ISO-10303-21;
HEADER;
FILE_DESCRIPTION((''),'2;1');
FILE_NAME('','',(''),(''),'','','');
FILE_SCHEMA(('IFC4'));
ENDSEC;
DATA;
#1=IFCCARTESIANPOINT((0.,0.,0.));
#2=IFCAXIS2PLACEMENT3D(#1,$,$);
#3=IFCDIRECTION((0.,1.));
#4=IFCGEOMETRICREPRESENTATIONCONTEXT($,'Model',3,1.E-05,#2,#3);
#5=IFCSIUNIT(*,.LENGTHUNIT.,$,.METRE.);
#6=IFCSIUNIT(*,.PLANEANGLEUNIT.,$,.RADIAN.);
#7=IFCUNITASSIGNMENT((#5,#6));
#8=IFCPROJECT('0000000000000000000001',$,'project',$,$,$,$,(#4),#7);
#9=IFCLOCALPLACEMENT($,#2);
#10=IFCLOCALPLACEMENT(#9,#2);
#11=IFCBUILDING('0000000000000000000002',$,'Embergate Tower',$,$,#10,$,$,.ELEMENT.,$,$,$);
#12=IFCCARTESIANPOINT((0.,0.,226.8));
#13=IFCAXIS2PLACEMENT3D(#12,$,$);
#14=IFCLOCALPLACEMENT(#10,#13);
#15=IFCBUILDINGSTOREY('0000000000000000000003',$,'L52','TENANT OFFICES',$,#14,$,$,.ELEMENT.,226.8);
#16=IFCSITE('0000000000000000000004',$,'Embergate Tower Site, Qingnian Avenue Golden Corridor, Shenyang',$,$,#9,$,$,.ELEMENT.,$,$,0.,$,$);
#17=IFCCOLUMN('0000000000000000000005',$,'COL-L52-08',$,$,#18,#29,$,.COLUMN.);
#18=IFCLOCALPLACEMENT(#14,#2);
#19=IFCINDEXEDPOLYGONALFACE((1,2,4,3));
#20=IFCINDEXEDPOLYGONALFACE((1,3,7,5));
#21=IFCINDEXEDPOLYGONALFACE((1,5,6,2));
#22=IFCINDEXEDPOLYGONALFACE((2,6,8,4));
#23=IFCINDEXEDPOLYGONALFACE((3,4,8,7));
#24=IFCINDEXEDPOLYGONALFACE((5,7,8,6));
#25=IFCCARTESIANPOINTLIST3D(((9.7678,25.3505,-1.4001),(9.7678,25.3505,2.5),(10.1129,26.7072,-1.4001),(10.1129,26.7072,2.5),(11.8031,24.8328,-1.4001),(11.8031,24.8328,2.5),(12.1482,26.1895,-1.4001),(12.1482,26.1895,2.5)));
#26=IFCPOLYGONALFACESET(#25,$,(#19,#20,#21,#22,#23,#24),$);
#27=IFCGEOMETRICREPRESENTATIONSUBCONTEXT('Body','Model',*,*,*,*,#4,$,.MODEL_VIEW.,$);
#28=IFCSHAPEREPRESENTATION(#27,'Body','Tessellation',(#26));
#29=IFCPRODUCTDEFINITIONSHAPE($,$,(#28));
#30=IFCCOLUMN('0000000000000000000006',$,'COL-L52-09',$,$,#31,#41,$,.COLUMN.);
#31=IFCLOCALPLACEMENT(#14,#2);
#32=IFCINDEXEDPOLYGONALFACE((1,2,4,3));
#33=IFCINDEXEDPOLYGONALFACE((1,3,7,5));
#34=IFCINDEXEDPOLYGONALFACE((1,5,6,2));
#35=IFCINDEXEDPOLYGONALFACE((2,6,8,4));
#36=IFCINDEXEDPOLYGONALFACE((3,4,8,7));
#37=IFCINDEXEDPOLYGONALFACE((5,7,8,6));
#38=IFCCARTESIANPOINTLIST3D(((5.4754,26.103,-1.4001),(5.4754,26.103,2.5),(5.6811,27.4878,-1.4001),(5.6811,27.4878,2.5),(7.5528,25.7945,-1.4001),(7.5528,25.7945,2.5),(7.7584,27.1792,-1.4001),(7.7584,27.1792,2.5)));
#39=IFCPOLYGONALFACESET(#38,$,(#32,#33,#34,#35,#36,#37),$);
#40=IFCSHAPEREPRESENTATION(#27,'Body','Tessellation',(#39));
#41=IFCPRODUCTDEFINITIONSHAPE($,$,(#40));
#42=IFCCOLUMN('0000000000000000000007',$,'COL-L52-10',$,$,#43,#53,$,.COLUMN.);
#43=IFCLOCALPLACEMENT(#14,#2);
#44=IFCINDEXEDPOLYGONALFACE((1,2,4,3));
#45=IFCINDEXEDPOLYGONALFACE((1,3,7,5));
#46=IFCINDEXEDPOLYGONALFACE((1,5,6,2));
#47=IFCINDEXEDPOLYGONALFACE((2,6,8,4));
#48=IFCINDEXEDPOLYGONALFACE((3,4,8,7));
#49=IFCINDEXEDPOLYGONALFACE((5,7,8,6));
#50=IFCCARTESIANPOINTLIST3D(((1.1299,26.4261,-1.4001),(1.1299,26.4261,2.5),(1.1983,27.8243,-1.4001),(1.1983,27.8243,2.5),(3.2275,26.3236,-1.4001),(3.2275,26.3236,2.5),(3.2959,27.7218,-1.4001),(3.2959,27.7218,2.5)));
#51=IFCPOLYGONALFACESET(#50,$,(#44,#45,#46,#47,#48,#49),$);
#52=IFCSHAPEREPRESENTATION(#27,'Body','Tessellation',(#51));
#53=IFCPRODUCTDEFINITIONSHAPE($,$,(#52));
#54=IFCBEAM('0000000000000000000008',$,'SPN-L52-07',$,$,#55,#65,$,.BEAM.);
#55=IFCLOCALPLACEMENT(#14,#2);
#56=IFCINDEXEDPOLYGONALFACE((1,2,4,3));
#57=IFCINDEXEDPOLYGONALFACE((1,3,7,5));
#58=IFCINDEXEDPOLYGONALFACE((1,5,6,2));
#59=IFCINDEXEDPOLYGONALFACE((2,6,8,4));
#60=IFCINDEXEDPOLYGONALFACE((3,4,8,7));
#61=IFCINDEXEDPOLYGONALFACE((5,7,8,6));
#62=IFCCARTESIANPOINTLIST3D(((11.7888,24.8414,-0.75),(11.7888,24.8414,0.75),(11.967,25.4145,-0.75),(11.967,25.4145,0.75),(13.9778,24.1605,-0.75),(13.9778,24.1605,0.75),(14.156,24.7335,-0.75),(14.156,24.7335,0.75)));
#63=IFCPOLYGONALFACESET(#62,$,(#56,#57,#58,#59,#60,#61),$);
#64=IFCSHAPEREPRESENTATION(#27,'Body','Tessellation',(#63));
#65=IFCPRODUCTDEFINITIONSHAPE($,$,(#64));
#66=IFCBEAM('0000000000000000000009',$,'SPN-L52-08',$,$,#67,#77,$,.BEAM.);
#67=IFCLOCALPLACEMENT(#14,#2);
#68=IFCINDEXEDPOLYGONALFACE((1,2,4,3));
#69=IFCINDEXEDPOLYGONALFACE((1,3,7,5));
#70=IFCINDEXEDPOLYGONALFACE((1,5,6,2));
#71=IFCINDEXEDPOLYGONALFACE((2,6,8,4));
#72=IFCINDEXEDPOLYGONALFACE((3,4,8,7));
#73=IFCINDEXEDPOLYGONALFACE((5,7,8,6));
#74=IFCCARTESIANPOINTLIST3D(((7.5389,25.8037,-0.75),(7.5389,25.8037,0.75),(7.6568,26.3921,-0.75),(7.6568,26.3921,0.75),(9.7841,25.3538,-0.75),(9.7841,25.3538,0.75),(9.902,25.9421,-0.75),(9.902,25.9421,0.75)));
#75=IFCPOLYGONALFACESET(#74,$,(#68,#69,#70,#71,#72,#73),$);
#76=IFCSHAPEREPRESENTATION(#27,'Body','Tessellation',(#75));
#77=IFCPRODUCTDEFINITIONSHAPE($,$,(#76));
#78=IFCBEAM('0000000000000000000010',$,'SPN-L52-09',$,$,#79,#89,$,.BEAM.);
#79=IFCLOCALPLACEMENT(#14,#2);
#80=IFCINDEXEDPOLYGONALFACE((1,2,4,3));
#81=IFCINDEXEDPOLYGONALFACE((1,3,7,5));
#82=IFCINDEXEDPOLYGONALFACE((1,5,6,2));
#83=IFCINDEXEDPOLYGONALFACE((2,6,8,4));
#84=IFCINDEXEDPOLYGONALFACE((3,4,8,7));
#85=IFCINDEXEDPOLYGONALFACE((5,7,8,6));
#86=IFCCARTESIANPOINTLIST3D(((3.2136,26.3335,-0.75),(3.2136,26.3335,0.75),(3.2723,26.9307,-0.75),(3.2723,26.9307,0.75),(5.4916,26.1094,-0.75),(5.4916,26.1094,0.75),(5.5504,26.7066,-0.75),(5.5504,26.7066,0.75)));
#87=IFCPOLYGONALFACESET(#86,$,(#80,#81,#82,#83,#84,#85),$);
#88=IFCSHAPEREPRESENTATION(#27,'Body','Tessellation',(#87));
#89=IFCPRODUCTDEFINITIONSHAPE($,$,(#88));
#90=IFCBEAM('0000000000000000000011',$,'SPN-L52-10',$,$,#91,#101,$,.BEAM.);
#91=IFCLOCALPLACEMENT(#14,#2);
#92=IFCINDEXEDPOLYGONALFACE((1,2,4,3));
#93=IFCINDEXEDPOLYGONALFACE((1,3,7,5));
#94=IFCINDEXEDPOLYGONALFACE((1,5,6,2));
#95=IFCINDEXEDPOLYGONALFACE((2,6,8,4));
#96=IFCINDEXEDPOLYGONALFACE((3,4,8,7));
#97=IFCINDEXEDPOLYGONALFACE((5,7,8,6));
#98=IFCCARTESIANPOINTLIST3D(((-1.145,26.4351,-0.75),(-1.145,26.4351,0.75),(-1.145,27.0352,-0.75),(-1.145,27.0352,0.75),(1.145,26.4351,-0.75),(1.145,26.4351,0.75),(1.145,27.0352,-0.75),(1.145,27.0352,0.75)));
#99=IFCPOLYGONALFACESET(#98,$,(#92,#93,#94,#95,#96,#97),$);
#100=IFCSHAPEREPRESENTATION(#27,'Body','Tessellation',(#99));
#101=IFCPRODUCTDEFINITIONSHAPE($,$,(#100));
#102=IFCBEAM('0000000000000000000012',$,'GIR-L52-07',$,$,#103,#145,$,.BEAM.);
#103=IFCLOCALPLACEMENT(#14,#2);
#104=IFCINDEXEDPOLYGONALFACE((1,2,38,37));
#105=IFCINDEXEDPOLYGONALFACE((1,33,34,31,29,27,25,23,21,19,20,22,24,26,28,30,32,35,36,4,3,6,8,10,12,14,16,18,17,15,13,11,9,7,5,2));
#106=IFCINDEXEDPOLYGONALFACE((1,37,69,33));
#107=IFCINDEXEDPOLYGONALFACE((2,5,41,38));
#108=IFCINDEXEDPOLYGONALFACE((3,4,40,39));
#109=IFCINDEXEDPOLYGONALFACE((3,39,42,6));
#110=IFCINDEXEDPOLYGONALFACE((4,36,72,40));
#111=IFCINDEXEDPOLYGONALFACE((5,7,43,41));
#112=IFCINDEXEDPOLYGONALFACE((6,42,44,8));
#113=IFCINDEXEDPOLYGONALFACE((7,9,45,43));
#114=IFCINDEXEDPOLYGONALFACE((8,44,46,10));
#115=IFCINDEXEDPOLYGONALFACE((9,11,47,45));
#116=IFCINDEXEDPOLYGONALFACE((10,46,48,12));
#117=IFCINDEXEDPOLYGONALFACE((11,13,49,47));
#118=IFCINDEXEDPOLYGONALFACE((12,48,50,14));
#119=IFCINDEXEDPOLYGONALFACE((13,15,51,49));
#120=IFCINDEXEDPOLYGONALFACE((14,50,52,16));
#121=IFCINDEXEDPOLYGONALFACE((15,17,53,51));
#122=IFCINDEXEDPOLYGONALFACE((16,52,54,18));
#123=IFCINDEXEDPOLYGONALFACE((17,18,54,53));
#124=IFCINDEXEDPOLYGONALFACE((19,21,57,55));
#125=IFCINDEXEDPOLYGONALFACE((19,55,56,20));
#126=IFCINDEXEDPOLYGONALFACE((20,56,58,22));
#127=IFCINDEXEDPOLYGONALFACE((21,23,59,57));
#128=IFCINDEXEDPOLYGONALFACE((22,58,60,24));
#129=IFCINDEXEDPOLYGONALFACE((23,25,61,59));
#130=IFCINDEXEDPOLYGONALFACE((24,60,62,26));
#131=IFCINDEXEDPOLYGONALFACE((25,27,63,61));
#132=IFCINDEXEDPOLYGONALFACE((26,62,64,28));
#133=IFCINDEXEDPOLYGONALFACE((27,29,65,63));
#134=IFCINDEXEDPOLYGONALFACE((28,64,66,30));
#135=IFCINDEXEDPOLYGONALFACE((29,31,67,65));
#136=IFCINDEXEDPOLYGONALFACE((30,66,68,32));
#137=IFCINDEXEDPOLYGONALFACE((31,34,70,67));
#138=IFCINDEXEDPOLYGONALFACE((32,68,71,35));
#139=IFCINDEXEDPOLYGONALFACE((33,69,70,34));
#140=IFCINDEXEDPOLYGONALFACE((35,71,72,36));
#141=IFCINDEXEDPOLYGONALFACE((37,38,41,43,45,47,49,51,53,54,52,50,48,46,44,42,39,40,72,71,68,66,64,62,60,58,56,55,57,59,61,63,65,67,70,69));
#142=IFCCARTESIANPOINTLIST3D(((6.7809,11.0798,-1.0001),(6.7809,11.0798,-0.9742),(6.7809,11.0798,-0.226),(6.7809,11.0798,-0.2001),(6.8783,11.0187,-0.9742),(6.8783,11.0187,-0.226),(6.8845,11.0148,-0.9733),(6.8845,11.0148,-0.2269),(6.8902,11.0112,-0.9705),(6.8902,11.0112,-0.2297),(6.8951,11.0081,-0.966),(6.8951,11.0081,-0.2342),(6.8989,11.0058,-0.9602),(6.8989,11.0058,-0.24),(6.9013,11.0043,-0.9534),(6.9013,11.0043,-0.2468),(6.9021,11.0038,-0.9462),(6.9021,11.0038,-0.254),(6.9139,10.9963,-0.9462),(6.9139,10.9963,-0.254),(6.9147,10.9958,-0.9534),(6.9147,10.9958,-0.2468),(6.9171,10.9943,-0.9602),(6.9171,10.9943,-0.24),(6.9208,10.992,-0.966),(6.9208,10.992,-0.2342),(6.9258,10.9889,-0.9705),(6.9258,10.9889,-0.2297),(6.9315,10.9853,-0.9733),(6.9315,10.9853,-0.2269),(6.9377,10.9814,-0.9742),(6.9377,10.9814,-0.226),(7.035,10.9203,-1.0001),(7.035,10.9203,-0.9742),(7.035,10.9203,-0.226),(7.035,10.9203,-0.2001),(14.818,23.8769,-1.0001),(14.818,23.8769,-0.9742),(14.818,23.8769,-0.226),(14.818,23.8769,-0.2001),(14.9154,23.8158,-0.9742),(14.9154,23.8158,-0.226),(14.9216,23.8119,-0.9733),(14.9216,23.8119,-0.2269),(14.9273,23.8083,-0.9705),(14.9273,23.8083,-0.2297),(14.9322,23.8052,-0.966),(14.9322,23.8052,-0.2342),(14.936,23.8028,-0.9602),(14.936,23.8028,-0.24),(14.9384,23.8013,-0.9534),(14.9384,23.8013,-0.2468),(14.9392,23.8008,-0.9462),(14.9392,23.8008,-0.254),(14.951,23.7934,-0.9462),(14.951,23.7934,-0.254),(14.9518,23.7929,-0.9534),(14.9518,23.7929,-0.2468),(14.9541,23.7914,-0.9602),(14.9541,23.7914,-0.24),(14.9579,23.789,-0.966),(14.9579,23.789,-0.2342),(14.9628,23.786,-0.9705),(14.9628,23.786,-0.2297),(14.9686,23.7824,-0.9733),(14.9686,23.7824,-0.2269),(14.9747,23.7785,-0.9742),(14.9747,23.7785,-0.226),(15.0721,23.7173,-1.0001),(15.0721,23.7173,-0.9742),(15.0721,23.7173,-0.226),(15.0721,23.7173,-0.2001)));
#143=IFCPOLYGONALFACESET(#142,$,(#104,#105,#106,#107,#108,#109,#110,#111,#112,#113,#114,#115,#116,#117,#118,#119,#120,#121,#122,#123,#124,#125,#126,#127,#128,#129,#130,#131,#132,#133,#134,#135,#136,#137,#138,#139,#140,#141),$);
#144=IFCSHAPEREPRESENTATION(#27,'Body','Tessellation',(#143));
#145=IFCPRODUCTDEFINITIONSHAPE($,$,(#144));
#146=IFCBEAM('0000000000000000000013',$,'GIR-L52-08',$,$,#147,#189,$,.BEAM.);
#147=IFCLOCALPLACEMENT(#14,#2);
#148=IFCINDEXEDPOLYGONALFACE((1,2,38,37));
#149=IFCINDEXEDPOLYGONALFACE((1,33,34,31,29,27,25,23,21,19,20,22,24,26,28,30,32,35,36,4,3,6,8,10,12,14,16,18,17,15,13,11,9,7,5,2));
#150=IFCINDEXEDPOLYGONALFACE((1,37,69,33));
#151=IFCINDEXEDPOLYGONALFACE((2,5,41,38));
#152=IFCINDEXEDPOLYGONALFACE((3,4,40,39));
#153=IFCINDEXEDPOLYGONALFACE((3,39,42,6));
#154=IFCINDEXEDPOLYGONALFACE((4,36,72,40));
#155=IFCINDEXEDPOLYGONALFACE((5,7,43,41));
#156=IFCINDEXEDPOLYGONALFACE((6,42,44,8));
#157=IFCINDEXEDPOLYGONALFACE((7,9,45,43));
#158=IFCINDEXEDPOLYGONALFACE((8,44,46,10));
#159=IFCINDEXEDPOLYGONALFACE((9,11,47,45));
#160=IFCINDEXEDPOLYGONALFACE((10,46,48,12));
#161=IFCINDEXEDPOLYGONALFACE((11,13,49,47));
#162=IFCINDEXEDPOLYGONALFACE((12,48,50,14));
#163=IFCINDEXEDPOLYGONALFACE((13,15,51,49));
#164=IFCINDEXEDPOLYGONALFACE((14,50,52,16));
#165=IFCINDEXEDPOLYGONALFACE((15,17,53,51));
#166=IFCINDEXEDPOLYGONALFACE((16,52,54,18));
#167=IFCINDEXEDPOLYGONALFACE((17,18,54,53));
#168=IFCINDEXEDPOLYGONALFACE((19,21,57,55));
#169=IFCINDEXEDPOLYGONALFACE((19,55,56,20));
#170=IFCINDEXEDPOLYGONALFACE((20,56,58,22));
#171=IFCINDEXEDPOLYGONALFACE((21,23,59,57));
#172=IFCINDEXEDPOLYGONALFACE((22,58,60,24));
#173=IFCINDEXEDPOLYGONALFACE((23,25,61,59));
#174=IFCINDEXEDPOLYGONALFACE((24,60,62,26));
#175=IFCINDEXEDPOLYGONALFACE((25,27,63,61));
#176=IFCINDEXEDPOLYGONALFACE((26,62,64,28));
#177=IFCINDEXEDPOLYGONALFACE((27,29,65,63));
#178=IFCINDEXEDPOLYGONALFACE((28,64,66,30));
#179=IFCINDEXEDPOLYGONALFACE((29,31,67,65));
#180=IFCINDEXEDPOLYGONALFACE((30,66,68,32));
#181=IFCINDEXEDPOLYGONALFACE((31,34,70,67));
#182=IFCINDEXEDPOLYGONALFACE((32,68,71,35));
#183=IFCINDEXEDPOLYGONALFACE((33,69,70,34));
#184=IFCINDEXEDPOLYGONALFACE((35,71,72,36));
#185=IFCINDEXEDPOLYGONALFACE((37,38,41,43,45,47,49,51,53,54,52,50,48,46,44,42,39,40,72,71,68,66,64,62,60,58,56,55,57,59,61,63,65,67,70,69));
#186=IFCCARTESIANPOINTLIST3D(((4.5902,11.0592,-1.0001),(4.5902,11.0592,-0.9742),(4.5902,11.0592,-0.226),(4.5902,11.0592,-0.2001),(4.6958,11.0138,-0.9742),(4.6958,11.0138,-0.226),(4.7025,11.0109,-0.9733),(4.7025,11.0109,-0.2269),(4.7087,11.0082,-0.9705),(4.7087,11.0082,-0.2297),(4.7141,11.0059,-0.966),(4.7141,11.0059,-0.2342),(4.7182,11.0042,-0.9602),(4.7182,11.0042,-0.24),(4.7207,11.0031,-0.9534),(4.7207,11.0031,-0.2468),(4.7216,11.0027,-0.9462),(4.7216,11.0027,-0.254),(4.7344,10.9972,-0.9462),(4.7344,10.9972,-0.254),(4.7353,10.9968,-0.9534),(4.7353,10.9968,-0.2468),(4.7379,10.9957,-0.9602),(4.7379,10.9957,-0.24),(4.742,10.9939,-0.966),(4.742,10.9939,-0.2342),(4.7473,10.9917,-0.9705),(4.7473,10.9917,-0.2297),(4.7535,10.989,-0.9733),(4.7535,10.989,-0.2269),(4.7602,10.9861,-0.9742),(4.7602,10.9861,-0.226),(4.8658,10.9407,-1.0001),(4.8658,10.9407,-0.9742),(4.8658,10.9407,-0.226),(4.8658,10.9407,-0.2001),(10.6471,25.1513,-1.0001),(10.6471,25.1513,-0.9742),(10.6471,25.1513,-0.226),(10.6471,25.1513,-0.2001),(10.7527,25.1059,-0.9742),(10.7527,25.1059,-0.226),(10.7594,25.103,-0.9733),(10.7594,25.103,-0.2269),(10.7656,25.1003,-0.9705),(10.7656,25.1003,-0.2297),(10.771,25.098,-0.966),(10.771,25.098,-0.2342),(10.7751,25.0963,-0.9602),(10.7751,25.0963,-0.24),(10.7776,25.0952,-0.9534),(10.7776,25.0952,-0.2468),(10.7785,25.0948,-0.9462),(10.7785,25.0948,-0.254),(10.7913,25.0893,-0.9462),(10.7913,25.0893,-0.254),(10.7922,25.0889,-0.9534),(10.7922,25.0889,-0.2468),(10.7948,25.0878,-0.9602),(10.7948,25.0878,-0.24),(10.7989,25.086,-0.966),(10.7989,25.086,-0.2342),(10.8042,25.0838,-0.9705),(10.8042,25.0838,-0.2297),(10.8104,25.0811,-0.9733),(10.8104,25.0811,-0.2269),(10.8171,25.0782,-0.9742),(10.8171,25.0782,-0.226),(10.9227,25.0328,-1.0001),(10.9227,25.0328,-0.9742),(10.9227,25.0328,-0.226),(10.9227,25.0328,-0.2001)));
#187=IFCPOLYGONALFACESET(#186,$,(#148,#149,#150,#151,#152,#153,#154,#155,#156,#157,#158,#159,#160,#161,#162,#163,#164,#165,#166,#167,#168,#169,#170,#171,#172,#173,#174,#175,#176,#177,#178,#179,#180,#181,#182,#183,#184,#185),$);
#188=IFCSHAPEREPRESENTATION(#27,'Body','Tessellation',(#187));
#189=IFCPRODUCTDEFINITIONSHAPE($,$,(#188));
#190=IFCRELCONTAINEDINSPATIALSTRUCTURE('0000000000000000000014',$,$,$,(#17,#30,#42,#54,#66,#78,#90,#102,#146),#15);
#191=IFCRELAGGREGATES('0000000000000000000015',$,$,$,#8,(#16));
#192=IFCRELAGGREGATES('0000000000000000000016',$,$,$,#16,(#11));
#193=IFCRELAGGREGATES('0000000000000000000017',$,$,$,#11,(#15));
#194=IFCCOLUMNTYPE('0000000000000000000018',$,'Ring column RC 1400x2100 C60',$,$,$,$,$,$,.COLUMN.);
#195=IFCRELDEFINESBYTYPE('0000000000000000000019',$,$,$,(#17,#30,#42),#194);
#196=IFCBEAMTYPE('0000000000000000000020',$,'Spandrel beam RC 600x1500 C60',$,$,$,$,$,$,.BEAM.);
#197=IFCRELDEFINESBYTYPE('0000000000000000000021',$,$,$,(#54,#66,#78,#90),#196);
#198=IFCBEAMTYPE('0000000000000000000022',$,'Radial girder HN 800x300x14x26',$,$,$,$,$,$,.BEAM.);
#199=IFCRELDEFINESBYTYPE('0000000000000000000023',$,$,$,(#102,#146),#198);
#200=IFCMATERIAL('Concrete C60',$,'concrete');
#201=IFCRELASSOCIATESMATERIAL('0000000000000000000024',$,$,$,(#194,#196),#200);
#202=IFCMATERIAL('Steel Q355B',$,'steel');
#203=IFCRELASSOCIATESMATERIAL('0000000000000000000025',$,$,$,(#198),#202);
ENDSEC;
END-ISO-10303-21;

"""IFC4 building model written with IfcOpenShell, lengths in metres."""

from ifc_helpers import new_model, si_unit, direction, frame, origin, origin_2d, place, context, subcontext, project, spatial, rectangle, i_section, extrude, source, transform, mapped, material, material_profile, profile_set, type_object, element, save


model = new_model("IFC4")

# Units and contexts
model_context = context("Model", 3, precision=1e-05, world=origin(), true_north=direction((0.0, 1.0)))
body_context = subcontext(model_context, "Body", "Model", "MODEL_VIEW")
ifc_project = project(units=[si_unit("LENGTHUNIT", "METRE"), si_unit("PLANEANGLEUNIT", "RADIAN")], contexts=[model_context])

# Site, building, storey
site_placement = place(None, origin())
site = spatial("IfcSite", under=ifc_project, at=site_placement, Name="Embergate Tower Site, Qingnian Avenue Golden Corridor, Shenyang", CompositionType="ELEMENT", RefElevation=0.0)
building_placement = place(site_placement, origin())
building = spatial("IfcBuilding", under=site, at=building_placement, Name="Embergate Tower", CompositionType="ELEMENT")
storey_placement = place(building_placement, frame((0.0, 0.0, 226.8)))
storey = spatial("IfcBuildingStorey", under=building, at=storey_placement, Name="L52", Description="TENANT OFFICES", CompositionType="ELEMENT", Elevation=226.8)

# Columns
ifc_material_1 = material(Name="Concrete C60", Category="concrete")
ifc_material_profile_1 = material_profile(ifc_material_1, rectangle(XDim=1.3999, YDim=2.1001, at=origin_2d()), Name="RC 1400x2100")
ifc_profile_set_1 = profile_set([ifc_material_profile_1], Name="Concrete C60")
column_type = type_object("IfcColumnType", Name="Ring column RC 1400x2100 C60", PredefinedType="COLUMN", material=ifc_profile_set_1)
shared_shape_1 = source(origin(), body_context, "Body", "SweptSolid", [
    extrude(rectangle(XDim=1.3999, YDim=2.1001, at=origin_2d()), origin(), (0.0, 0.0, 1.0), 3.9001),
])
for number, where, z_axis, x_axis, name in (
    (1, (10.958, 25.77, -1.4001), (0.0, 0.0, 1.0), (0.246509, 0.969141, 0.0), "COL-L52-08"),
    (2, (6.6169, 26.6411, -1.4001), (0.0, 0.0, 1.0), (0.146929, 0.989147, 0.0), "COL-L52-09"),
    (3, (2.2129, 27.074, -1.4001), (0.0, 0.0, 1.0), (0.048815, 0.998808, 0.0), "COL-L52-10"),
):
    element("IfcColumn", number, at=place(storey_placement, frame(where, z_axis=z_axis, x_axis=x_axis)), inside=storey, type_object=column_type, Name=name, PredefinedType="COLUMN", context=body_context, shape_type="MappedRepresentation", body=[
        mapped(shared_shape_1, transform((0.0, 0.0, 0.0))),
    ])

# Beams
ifc_material_profile_2 = material_profile(ifc_material_1, rectangle(XDim=0.6001, YDim=1.5, at=origin_2d()), Name="RC 600x1500")
ifc_profile_set_2 = profile_set([ifc_material_profile_2], Name="Concrete C60")
beam_type_1 = type_object("IfcBeamType", Name="Spandrel beam RC 600x1500 C60", PredefinedType="BEAM", material=ifc_profile_set_2)
shared_shape_2 = source(origin(), body_context, "Body", "SweptSolid", [
    extrude(rectangle(XDim=0.6001, YDim=1.5, at=origin_2d()), origin(), (0.0, 0.0, 1.0), 2.2925),
])
beam_1_placement = place(storey_placement, frame((14.0669, 24.447, 0.0), z_axis=(-0.95487, 0.297026, 0.0), x_axis=(-0.297026, -0.95487, 0.0)))
element("IfcBeam", 4, at=beam_1_placement, inside=storey, type_object=beam_type_1, Name="SPN-L52-07", PredefinedType="BEAM", context=body_context, shape_type="MappedRepresentation", body=[
    mapped(shared_shape_2, transform((0.0, 0.0, 0.0))),
])
shared_shape_3 = source(origin(), body_context, "Body", "SweptSolid", [
    extrude(rectangle(XDim=0.6001, YDim=1.5, at=origin_2d()), origin(), (0.0, 0.0, 1.0), 2.2898),
])
beam_2_placement = place(storey_placement, frame((9.843, 25.6479, 0.0), z_axis=(-0.980503, 0.196506, 0.0), x_axis=(-0.196506, -0.980503, 0.0)))
element("IfcBeam", 5, at=beam_2_placement, inside=storey, type_object=beam_type_1, Name="SPN-L52-08", PredefinedType="BEAM", context=body_context, shape_type="MappedRepresentation", body=[
    mapped(shared_shape_3, transform((0.0, 0.0, 0.0))),
])
shared_shape_4 = source(origin(), body_context, "Body", "SweptSolid", [
    extrude(rectangle(XDim=0.6001, YDim=1.5, at=origin_2d()), origin(), (0.0, 0.0, 1.0), 2.2891),
])
beam_3_placement = place(storey_placement, frame((5.521, 26.408, 0.0), z_axis=(-0.995195, 0.097909, 0.0), x_axis=(-0.097909, -0.995195, 0.0)))
element("IfcBeam", 6, at=beam_3_placement, inside=storey, type_object=beam_type_1, Name="SPN-L52-09", PredefinedType="BEAM", context=body_context, shape_type="MappedRepresentation", body=[
    mapped(shared_shape_4, transform((0.0, 0.0, 0.0))),
])
shared_shape_5 = source(origin(), body_context, "Body", "SweptSolid", [
    extrude(rectangle(XDim=0.6001, YDim=1.5, at=origin_2d()), origin(), (0.0, 0.0, 1.0), 2.29),
])
beam_4_placement = place(storey_placement, frame((1.145, 26.7351, 0.0), z_axis=(-1.0, 0.0, 0.0), x_axis=(0.0, -1.0, 0.0)))
element("IfcBeam", 7, at=beam_4_placement, inside=storey, type_object=beam_type_1, Name="SPN-L52-10", PredefinedType="BEAM", context=body_context, shape_type="MappedRepresentation", body=[
    mapped(shared_shape_5, transform((0.0, 0.0, 0.0))),
])
ifc_material_2 = material(Name="Steel Q355B", Category="steel")
ifc_material_profile_3 = material_profile(ifc_material_2, i_section(OverallWidth=0.3, OverallDepth=0.8, WebThickness=0.0139, FlangeThickness=0.0259, FilletRadius=0.0281, at=origin_2d()), Name="HN 800x300x14x26")
ifc_profile_set_3 = profile_set([ifc_material_profile_3], Name="Steel Q355 grade B")
beam_type_2 = type_object("IfcBeamType", Name="Radial girder HN 800x300x14x26", PredefinedType="BEAM", material=ifc_profile_set_3)
shared_shape_6 = source(origin(), body_context, "Body", "SweptSolid", [
    extrude(i_section(OverallWidth=0.3, OverallDepth=0.8, WebThickness=0.0139, FlangeThickness=0.0259, FilletRadius=0.0281, at=origin_2d()), origin(), (0.0, 0.0, 1.0), 15.1116),
])
beam_5_placement = place(storey_placement, frame((14.9451, 23.7971, -0.6001), z_axis=(-0.531849, -0.846839, 0.0), x_axis=(0.846839, -0.531849, 0.0)))
element("IfcBeam", 8, at=beam_5_placement, inside=storey, type_object=beam_type_2, Name="GIR-L52-07", PredefinedType="BEAM", context=body_context, shape_type="MappedRepresentation", body=[
    mapped(shared_shape_6, transform((0.0, 0.0, 0.0))),
])
shared_shape_7 = source(origin(), body_context, "Body", "SweptSolid", [
    extrude(i_section(OverallWidth=0.3, OverallDepth=0.8, WebThickness=0.0139, FlangeThickness=0.0259, FilletRadius=0.0281, at=origin_2d()), origin(), (0.0, 0.0, 1.0), 15.3386),
])
beam_6_placement = place(storey_placement, frame((10.7849, 25.092, -0.6001), z_axis=(-0.39488, -0.918733, 0.0), x_axis=(0.918733, -0.39488, 0.0)))
element("IfcBeam", 9, at=beam_6_placement, inside=storey, type_object=beam_type_2, Name="GIR-L52-08", PredefinedType="BEAM", context=body_context, shape_type="MappedRepresentation", body=[
    mapped(shared_shape_7, transform((0.0, 0.0, 0.0))),
])

save(model, "model.ifc")
